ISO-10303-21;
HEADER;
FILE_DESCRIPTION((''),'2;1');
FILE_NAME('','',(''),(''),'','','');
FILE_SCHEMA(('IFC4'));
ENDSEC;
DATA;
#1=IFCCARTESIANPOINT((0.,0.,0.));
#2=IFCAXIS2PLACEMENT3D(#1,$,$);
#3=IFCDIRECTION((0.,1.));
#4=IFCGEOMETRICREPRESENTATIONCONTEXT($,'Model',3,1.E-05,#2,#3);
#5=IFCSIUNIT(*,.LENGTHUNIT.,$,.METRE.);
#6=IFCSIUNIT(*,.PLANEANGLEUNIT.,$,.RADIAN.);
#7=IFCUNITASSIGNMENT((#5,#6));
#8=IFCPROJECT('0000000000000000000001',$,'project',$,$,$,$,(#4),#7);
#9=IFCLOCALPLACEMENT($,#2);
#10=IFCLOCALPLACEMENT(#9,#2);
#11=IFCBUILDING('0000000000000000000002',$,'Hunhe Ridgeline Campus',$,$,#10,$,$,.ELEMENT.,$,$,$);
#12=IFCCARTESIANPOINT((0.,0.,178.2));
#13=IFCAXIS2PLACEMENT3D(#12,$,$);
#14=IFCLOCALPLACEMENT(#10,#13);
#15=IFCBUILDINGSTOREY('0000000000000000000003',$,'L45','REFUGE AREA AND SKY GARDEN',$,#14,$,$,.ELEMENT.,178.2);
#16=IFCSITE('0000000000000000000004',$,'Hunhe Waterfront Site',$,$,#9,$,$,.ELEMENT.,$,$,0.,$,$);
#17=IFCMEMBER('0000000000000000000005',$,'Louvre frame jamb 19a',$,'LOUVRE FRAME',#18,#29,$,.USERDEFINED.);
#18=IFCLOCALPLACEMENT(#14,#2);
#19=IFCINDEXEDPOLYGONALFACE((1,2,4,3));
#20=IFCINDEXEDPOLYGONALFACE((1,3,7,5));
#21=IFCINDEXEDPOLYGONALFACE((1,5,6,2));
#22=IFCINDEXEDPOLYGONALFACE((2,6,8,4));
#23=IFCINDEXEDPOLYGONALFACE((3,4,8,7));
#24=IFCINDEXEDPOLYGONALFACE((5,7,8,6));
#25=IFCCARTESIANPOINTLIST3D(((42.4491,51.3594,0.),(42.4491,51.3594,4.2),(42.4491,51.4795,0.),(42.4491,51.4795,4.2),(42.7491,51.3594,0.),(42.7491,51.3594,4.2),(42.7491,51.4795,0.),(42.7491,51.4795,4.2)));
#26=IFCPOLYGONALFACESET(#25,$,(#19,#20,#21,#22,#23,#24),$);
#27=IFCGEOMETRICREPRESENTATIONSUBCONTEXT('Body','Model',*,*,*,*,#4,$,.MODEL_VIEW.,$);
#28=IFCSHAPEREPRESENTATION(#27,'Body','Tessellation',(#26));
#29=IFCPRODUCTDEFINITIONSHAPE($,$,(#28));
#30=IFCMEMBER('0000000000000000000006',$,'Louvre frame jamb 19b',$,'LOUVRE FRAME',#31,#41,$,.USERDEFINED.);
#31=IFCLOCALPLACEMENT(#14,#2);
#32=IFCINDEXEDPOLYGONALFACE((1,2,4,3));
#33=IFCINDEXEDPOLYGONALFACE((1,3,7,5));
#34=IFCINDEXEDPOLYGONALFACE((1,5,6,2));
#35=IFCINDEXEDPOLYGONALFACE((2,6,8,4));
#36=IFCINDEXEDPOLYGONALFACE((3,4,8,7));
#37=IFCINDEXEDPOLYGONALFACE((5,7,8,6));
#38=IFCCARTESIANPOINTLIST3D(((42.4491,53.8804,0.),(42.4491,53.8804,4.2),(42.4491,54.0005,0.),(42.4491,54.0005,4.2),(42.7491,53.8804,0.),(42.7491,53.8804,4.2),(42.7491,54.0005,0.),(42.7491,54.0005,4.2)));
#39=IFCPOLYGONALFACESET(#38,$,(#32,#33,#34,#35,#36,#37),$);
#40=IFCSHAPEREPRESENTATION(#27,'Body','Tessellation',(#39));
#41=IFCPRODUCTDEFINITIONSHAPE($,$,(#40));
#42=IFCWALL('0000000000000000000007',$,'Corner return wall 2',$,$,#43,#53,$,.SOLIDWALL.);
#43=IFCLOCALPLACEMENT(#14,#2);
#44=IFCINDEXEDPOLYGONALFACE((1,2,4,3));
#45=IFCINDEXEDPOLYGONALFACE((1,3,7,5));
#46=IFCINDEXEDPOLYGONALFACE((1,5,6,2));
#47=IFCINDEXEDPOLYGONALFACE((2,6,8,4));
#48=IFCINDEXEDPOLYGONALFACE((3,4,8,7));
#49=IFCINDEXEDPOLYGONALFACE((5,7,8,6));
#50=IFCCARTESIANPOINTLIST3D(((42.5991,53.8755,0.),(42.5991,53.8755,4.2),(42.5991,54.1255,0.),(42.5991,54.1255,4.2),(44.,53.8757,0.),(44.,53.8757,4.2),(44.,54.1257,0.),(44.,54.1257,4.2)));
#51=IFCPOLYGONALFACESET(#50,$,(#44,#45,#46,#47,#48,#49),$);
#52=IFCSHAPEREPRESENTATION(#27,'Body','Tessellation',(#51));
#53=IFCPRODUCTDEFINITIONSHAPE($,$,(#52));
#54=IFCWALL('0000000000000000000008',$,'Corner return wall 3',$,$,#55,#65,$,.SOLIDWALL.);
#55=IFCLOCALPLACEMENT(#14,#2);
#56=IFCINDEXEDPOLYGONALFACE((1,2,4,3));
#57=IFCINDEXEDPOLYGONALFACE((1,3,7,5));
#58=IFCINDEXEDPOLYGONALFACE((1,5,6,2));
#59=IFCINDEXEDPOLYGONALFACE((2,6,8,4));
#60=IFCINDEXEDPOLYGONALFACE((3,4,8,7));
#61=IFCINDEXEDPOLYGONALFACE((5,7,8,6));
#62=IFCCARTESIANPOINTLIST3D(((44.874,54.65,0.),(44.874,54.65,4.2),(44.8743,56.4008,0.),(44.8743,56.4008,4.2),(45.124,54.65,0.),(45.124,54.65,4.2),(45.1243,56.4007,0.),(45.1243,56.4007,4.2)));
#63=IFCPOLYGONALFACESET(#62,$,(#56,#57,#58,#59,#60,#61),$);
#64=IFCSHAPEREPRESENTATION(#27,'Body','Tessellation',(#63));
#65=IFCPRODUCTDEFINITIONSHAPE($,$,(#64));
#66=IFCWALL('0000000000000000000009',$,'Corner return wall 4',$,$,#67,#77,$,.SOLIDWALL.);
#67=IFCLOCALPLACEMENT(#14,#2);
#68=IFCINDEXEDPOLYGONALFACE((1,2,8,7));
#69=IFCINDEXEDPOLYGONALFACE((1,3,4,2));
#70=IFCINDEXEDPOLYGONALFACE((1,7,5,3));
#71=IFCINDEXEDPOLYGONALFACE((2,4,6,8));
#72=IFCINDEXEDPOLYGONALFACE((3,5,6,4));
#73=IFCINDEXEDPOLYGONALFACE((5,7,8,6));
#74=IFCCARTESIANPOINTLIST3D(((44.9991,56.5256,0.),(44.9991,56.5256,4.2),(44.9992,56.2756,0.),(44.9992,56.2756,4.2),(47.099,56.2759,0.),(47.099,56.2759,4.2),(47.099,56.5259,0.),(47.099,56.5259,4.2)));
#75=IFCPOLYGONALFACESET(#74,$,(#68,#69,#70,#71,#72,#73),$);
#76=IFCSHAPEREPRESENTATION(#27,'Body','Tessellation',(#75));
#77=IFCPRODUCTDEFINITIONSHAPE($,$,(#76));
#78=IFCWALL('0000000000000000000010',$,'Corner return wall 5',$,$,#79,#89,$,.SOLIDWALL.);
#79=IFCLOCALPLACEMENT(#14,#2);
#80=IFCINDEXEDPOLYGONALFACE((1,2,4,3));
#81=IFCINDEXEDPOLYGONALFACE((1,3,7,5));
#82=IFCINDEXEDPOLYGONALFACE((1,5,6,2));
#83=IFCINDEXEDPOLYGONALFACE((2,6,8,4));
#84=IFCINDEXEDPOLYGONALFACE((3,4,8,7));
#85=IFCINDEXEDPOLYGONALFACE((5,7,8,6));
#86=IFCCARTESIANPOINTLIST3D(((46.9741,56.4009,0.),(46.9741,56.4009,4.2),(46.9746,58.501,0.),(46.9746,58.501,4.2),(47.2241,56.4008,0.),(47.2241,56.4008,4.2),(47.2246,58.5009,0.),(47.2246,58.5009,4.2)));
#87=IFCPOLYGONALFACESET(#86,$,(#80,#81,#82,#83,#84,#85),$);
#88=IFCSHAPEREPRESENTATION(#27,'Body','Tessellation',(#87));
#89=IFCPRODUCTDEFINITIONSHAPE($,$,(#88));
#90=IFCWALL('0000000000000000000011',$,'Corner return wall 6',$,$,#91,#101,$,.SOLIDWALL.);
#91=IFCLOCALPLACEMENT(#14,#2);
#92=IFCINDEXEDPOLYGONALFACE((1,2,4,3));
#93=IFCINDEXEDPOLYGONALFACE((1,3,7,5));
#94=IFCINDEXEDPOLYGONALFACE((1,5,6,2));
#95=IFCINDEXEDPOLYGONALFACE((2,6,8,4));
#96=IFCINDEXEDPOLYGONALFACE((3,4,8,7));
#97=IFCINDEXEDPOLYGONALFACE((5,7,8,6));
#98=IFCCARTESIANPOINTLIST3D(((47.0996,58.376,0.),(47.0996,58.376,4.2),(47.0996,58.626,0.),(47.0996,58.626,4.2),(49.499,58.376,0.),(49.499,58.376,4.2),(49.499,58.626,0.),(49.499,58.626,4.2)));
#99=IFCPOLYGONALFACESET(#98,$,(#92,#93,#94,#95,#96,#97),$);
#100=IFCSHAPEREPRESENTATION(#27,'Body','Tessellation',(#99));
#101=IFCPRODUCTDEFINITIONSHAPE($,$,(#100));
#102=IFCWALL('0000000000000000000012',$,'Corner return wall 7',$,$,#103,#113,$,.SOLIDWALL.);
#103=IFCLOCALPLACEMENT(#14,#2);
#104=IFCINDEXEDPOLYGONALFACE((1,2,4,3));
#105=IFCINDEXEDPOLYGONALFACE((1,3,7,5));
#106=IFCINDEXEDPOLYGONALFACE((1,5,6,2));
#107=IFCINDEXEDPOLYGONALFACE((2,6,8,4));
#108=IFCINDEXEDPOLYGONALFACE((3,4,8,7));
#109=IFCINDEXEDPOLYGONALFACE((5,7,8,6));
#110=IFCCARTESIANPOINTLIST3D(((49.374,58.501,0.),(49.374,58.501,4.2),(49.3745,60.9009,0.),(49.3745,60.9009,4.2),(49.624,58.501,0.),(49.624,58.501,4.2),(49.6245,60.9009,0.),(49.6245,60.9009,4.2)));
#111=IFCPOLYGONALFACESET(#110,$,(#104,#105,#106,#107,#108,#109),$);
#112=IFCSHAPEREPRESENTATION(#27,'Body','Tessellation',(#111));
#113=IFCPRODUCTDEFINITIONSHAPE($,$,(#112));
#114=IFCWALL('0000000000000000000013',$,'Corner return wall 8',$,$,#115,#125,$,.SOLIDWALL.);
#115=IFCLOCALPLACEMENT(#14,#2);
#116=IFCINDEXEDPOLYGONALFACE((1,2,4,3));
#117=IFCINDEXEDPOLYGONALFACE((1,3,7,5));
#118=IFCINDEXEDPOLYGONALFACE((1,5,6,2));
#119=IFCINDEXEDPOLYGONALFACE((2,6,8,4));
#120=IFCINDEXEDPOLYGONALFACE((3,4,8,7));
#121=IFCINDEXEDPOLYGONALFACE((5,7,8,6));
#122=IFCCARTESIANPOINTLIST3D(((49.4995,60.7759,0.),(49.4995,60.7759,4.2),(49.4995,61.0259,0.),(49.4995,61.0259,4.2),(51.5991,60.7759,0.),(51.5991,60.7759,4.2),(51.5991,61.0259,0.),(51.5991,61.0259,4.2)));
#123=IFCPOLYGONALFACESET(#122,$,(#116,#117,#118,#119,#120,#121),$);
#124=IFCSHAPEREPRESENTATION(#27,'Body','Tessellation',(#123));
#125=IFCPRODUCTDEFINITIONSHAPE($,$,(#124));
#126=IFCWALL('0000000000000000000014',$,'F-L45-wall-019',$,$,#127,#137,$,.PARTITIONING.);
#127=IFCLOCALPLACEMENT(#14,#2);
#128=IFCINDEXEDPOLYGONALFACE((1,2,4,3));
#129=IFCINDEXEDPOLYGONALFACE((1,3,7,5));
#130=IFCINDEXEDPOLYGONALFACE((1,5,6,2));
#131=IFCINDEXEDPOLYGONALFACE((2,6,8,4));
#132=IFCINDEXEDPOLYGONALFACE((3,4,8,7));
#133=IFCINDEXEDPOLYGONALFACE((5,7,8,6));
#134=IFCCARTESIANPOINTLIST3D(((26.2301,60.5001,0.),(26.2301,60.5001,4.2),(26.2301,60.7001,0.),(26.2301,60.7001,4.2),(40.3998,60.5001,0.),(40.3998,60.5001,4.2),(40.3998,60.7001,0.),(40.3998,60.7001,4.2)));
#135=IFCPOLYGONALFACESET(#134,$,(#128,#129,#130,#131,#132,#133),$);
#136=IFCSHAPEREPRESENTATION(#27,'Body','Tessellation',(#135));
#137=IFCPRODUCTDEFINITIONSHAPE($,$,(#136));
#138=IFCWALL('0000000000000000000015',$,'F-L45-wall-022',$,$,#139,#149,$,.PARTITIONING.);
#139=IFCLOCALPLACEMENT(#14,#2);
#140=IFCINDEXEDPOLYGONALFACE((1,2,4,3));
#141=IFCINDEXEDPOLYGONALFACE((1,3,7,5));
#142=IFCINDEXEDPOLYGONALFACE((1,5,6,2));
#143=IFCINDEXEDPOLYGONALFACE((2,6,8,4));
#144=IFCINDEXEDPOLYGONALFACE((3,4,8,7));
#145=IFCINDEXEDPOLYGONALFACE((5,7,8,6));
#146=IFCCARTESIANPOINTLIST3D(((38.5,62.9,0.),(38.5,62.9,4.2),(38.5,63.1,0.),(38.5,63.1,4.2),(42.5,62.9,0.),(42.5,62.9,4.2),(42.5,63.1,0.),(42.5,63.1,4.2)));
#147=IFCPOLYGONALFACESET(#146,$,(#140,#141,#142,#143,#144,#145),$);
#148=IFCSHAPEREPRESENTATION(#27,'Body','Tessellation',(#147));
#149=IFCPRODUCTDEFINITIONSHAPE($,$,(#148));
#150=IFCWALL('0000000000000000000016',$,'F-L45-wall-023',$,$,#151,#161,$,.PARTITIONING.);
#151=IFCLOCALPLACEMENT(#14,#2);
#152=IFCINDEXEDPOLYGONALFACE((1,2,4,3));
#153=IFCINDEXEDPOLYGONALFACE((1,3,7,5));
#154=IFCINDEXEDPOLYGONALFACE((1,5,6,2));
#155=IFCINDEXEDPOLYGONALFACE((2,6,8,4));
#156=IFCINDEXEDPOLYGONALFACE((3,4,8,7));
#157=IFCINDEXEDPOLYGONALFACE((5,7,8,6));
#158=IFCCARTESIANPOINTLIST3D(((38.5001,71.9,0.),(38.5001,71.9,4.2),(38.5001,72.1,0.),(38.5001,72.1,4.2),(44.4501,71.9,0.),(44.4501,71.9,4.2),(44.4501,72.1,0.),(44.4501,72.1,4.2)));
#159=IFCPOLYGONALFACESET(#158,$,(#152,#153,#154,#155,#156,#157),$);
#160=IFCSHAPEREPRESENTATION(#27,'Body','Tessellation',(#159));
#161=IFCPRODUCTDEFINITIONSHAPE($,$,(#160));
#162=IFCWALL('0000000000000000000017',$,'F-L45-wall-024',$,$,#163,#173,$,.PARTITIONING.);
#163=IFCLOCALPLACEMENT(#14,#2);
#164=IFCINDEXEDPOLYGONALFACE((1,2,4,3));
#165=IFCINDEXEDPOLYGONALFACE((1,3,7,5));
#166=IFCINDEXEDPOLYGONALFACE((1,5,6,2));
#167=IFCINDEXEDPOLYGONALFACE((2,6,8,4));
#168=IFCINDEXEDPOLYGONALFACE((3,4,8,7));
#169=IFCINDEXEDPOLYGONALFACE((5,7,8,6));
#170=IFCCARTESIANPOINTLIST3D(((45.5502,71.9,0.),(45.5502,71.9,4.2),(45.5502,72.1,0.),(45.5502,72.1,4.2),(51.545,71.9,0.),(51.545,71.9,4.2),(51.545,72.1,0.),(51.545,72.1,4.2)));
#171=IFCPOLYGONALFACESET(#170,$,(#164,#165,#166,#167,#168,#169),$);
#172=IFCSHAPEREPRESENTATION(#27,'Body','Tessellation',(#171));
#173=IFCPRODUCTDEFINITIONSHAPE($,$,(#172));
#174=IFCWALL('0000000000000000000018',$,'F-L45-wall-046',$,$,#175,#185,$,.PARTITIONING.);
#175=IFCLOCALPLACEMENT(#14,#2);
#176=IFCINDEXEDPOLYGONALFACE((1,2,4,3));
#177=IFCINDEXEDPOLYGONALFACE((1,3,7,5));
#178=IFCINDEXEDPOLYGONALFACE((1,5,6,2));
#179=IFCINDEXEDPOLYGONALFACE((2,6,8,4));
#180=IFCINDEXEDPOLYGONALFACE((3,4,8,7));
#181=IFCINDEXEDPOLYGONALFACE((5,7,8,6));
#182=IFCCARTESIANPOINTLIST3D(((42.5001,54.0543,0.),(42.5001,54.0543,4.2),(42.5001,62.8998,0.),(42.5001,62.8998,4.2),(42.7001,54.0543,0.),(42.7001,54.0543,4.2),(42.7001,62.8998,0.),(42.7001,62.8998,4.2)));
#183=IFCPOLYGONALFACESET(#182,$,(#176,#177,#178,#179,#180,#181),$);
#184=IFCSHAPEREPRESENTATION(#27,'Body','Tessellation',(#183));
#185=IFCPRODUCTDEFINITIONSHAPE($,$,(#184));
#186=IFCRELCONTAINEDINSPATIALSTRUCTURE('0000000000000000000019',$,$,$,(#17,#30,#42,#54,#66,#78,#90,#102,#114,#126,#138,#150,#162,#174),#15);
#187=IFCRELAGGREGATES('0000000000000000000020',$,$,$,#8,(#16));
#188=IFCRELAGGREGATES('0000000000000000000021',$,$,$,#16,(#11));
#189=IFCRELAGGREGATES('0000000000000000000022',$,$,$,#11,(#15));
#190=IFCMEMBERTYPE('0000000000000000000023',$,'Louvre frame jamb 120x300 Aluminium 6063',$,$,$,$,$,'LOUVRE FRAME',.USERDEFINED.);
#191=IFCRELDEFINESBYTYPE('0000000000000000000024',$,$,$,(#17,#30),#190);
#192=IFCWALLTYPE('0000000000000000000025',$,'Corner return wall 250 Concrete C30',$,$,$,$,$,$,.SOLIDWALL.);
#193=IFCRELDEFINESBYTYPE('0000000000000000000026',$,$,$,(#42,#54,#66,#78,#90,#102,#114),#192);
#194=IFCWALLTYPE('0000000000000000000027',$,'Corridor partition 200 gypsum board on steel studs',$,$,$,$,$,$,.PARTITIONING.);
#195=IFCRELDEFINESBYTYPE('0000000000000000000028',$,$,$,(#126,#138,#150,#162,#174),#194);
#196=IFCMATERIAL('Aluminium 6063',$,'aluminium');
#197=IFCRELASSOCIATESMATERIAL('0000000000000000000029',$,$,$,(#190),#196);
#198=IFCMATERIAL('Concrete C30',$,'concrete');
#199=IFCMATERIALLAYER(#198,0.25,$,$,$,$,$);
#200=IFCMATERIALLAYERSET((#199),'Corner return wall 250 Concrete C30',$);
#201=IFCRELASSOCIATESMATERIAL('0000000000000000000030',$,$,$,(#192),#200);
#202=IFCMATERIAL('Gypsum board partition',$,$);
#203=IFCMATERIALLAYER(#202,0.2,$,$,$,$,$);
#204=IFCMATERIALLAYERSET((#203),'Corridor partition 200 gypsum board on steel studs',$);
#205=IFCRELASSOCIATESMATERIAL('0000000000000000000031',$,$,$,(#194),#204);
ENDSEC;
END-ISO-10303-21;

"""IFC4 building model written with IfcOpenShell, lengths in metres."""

from ifc_helpers import new_model, si_unit, direction, frame, frame_2d, origin, origin_2d, place, context, subcontext, project, spatial, rectangle, extrude, material, layer, layer_set, material_profile, profile_set, type_object, element, save


model = new_model("IFC4")

# Units and contexts
model_context = context("Model", 3, precision=1e-05, world=origin(), true_north=direction((0.0, 1.0)))
body_context = subcontext(model_context, "Body", "Model", "MODEL_VIEW")
ifc_project = project(units=[si_unit("LENGTHUNIT", "METRE"), si_unit("PLANEANGLEUNIT", "RADIAN")], contexts=[model_context])

# Site, building, storey
site_placement = place(None, origin())
site = spatial("IfcSite", under=ifc_project, at=site_placement, Name="Hunhe Waterfront Site", CompositionType="ELEMENT", RefElevation=0.0)
building_placement = place(site_placement, origin())
building = spatial("IfcBuilding", under=site, at=building_placement, Name="Hunhe Ridgeline Campus", CompositionType="ELEMENT")
storey_placement = place(building_placement, frame((0.0, 0.0, 178.2)))
storey = spatial("IfcBuildingStorey", under=building, at=storey_placement, Name="L45", Description="REFUGE AREA AND SKY GARDEN", CompositionType="ELEMENT", Elevation=178.2)

# Members
ifc_material_1 = material(Name="Aluminium 6063", Category="aluminium")
ifc_material_profile_1 = material_profile(ifc_material_1, rectangle(XDim=0.3, YDim=0.1201, at=origin_2d()))
ifc_profile_set_1 = profile_set([ifc_material_profile_1], Name="Aluminium 6063")
member_type_1 = type_object("IfcMemberType", Name="Louvre frame jamb 120x300 Aluminium 6063", ElementType="LOUVRE FRAME", PredefinedType="USERDEFINED", material=ifc_profile_set_1)
for number, where, z_axis, x_axis, name in (
    (1, (42.5991, 51.4194, 0.0), (0.0, 0.0, 1.0), (-1.0, 0.000007, 0.0), "Louvre frame jamb 19a"),
    (2, (42.5991, 53.9404, 0.0), (0.0, 0.0, 1.0), (-1.0, 0.000007, 0.0), "Louvre frame jamb 19b"),
):
    element("IfcMember", number, at=place(storey_placement, frame(where, z_axis=z_axis, x_axis=x_axis)), inside=storey, type_object=member_type_1, Name=name, ObjectType="LOUVRE FRAME", PredefinedType="USERDEFINED", context=body_context, shape_type="SweptSolid", body=[
        extrude(rectangle(XDim=0.3, YDim=0.1201, at=origin_2d()), origin(), (0.0, 0.0, 1.0), 4.2),
    ])

# Walls
ifc_material_2 = material(Name="Concrete C30", Category="concrete")
ifc_layer_1 = layer(ifc_material_2, 0.25)
ifc_layer_set_1 = layer_set([ifc_layer_1], Name="Corner return wall 250 Concrete C30")
wall_type_1 = type_object("IfcWallType", Name="Corner return wall 250 Concrete C30", PredefinedType="SOLIDWALL", material=ifc_layer_set_1)
wall_1_placement = place(storey_placement, frame((42.5991, 54.0005, 0.0), z_axis=(0.0, 0.0, 1.0), x_axis=(1.0, 0.000174, 0.0)))
element("IfcWall", 3, at=wall_1_placement, inside=storey, type_object=wall_type_1, Name="Corner return wall 2", PredefinedType="SOLIDWALL", context=body_context, shape_type="SweptSolid", body=[
    extrude(rectangle(XDim=1.4009, YDim=0.25, at=frame_2d((0.7004, 0.0))), origin(), (0.0, 0.0, 1.0), 4.2),
])
wall_2_placement = place(storey_placement, frame((44.999, 54.6499, 0.0), z_axis=(0.0, 0.0, 1.0), x_axis=(0.000139, 1.0, 0.0)))
element("IfcWall", 4, at=wall_2_placement, inside=storey, type_object=wall_type_1, Name="Corner return wall 3", PredefinedType="SOLIDWALL", context=body_context, shape_type="SweptSolid", body=[
    extrude(rectangle(XDim=1.7507, YDim=0.25, at=frame_2d((0.8755, 0.0))), origin(), (0.0, 0.0, 1.0), 4.2),
])
wall_3_placement = place(storey_placement, frame((44.9993, 56.4006, 0.0), z_axis=(0.0, 0.0, 1.0), x_axis=(1.0, 0.000116, 0.0)))
element("IfcWall", 5, at=wall_3_placement, inside=storey, type_object=wall_type_1, Name="Corner return wall 4", PredefinedType="SOLIDWALL", context=body_context, shape_type="SweptSolid", body=[
    extrude(rectangle(XDim=2.0999, YDim=0.25, at=frame_2d((1.0498, 0.0))), origin(), (0.0, 0.0, 1.0), 4.2),
])
wall_4_placement = place(storey_placement, frame((47.0991, 56.4009, 0.0), z_axis=(0.0, 0.0, 1.0), x_axis=(0.000233, 1.0, 0.0)))
element("IfcWall", 6, at=wall_4_placement, inside=storey, type_object=wall_type_1, Name="Corner return wall 5", PredefinedType="SOLIDWALL", context=body_context, shape_type="SweptSolid", body=[
    extrude(rectangle(XDim=2.1001, YDim=0.25, at=frame_2d((1.05, 0.0))), origin(), (0.0, 0.0, 1.0), 4.2),
])
wall_5_placement = place(storey_placement, frame((47.0996, 58.501, 0.0), z_axis=(0.0, 0.0, 1.0), x_axis=(1.0, 0.0, 0.0)))
element("IfcWall", 7, at=wall_5_placement, inside=storey, type_object=wall_type_1, Name="Corner return wall 6", PredefinedType="SOLIDWALL", context=body_context, shape_type="SweptSolid", body=[
    extrude(rectangle(XDim=2.3994, YDim=0.25, at=frame_2d((1.1997, 0.0))), origin(), (0.0, 0.0, 1.0), 4.2),
])
wall_6_placement = place(storey_placement, frame((49.499, 58.501, 0.0), z_axis=(0.0, 0.0, 1.0), x_axis=(0.000203, 1.0, 0.0)))
element("IfcWall", 8, at=wall_6_placement, inside=storey, type_object=wall_type_1, Name="Corner return wall 7", PredefinedType="SOLIDWALL", context=body_context, shape_type="SweptSolid", body=[
    extrude(rectangle(XDim=2.3999, YDim=0.25, at=frame_2d((1.2, 0.0))), origin(), (0.0, 0.0, 1.0), 4.2),
])
wall_7_placement = place(storey_placement, frame((49.4995, 60.9009, 0.0), z_axis=(0.0, 0.0, 1.0), x_axis=(1.0, 0.0, 0.0)))
element("IfcWall", 9, at=wall_7_placement, inside=storey, type_object=wall_type_1, Name="Corner return wall 8", PredefinedType="SOLIDWALL", context=body_context, shape_type="SweptSolid", body=[
    extrude(rectangle(XDim=2.0996, YDim=0.25, at=frame_2d((1.0498, 0.0))), origin(), (0.0, 0.0, 1.0), 4.2),
])
ifc_material_3 = material(Name="Gypsum board partition")
ifc_layer_2 = layer(ifc_material_3, 0.2)
ifc_layer_set_2 = layer_set([ifc_layer_2], Name="Corridor partition 200 gypsum board on steel studs")
wall_type_2 = type_object("IfcWallType", Name="Corridor partition 200 gypsum board on steel studs", PredefinedType="PARTITIONING", material=ifc_layer_set_2)
wall_8_placement = place(storey_placement, frame((40.3999, 60.6001, 0.0), z_axis=(0.0, 0.0, 1.0), x_axis=(-1.0, 0.0, 0.0)))
element("IfcWall", 10, at=wall_8_placement, inside=storey, type_object=wall_type_2, Name="F-L45-wall-019", PredefinedType="PARTITIONING", context=body_context, shape_type="SweptSolid", body=[
    extrude(rectangle(XDim=14.1697, YDim=0.2, at=frame_2d((7.085, 0.0))), origin(), (0.0, 0.0, 1.0), 4.2),
])
wall_9_placement = place(storey_placement, frame((38.5, 63.0, 0.0), z_axis=(0.0, 0.0, 1.0), x_axis=(1.0, 0.0, 0.0)))
element("IfcWall", 11, at=wall_9_placement, inside=storey, type_object=wall_type_2, Name="F-L45-wall-022", PredefinedType="PARTITIONING", context=body_context, shape_type="SweptSolid", body=[
    extrude(rectangle(XDim=4.0, YDim=0.2, at=frame_2d((2.0, 0.0))), origin(), (0.0, 0.0, 1.0), 4.2),
])
wall_10_placement = place(storey_placement, frame((38.5, 72.0, 0.0), z_axis=(0.0, 0.0, 1.0), x_axis=(1.0, 0.0, 0.0)))
element("IfcWall", 12, at=wall_10_placement, inside=storey, type_object=wall_type_2, Name="F-L45-wall-023", PredefinedType="PARTITIONING", context=body_context, shape_type="SweptSolid", body=[
    extrude(rectangle(XDim=5.95, YDim=0.2, at=frame_2d((2.9751, 0.0))), origin(), (0.0, 0.0, 1.0), 4.2),
])
wall_11_placement = place(storey_placement, frame((45.55, 72.0, 0.0), z_axis=(0.0, 0.0, 1.0), x_axis=(1.0, 0.0, 0.0)))
element("IfcWall", 13, at=wall_11_placement, inside=storey, type_object=wall_type_2, Name="F-L45-wall-024", PredefinedType="PARTITIONING", context=body_context, shape_type="SweptSolid", body=[
    extrude(rectangle(XDim=5.9949, YDim=0.2, at=frame_2d((2.9976, 0.0))), origin(), (0.0, 0.0, 1.0), 4.2),
])
wall_12_placement = place(storey_placement, frame((42.6001, 62.8999, 0.0), z_axis=(0.0, 0.0, 1.0), x_axis=(0.0, -1.0, 0.0)))
element("IfcWall", 14, at=wall_12_placement, inside=storey, type_object=wall_type_2, Name="F-L45-wall-046", PredefinedType="PARTITIONING", context=body_context, shape_type="SweptSolid", body=[
    extrude(rectangle(XDim=8.8455, YDim=0.2, at=frame_2d((4.4229, 0.0))), origin(), (0.0, 0.0, 1.0), 4.2),
])

save(model, "model.ifc")
